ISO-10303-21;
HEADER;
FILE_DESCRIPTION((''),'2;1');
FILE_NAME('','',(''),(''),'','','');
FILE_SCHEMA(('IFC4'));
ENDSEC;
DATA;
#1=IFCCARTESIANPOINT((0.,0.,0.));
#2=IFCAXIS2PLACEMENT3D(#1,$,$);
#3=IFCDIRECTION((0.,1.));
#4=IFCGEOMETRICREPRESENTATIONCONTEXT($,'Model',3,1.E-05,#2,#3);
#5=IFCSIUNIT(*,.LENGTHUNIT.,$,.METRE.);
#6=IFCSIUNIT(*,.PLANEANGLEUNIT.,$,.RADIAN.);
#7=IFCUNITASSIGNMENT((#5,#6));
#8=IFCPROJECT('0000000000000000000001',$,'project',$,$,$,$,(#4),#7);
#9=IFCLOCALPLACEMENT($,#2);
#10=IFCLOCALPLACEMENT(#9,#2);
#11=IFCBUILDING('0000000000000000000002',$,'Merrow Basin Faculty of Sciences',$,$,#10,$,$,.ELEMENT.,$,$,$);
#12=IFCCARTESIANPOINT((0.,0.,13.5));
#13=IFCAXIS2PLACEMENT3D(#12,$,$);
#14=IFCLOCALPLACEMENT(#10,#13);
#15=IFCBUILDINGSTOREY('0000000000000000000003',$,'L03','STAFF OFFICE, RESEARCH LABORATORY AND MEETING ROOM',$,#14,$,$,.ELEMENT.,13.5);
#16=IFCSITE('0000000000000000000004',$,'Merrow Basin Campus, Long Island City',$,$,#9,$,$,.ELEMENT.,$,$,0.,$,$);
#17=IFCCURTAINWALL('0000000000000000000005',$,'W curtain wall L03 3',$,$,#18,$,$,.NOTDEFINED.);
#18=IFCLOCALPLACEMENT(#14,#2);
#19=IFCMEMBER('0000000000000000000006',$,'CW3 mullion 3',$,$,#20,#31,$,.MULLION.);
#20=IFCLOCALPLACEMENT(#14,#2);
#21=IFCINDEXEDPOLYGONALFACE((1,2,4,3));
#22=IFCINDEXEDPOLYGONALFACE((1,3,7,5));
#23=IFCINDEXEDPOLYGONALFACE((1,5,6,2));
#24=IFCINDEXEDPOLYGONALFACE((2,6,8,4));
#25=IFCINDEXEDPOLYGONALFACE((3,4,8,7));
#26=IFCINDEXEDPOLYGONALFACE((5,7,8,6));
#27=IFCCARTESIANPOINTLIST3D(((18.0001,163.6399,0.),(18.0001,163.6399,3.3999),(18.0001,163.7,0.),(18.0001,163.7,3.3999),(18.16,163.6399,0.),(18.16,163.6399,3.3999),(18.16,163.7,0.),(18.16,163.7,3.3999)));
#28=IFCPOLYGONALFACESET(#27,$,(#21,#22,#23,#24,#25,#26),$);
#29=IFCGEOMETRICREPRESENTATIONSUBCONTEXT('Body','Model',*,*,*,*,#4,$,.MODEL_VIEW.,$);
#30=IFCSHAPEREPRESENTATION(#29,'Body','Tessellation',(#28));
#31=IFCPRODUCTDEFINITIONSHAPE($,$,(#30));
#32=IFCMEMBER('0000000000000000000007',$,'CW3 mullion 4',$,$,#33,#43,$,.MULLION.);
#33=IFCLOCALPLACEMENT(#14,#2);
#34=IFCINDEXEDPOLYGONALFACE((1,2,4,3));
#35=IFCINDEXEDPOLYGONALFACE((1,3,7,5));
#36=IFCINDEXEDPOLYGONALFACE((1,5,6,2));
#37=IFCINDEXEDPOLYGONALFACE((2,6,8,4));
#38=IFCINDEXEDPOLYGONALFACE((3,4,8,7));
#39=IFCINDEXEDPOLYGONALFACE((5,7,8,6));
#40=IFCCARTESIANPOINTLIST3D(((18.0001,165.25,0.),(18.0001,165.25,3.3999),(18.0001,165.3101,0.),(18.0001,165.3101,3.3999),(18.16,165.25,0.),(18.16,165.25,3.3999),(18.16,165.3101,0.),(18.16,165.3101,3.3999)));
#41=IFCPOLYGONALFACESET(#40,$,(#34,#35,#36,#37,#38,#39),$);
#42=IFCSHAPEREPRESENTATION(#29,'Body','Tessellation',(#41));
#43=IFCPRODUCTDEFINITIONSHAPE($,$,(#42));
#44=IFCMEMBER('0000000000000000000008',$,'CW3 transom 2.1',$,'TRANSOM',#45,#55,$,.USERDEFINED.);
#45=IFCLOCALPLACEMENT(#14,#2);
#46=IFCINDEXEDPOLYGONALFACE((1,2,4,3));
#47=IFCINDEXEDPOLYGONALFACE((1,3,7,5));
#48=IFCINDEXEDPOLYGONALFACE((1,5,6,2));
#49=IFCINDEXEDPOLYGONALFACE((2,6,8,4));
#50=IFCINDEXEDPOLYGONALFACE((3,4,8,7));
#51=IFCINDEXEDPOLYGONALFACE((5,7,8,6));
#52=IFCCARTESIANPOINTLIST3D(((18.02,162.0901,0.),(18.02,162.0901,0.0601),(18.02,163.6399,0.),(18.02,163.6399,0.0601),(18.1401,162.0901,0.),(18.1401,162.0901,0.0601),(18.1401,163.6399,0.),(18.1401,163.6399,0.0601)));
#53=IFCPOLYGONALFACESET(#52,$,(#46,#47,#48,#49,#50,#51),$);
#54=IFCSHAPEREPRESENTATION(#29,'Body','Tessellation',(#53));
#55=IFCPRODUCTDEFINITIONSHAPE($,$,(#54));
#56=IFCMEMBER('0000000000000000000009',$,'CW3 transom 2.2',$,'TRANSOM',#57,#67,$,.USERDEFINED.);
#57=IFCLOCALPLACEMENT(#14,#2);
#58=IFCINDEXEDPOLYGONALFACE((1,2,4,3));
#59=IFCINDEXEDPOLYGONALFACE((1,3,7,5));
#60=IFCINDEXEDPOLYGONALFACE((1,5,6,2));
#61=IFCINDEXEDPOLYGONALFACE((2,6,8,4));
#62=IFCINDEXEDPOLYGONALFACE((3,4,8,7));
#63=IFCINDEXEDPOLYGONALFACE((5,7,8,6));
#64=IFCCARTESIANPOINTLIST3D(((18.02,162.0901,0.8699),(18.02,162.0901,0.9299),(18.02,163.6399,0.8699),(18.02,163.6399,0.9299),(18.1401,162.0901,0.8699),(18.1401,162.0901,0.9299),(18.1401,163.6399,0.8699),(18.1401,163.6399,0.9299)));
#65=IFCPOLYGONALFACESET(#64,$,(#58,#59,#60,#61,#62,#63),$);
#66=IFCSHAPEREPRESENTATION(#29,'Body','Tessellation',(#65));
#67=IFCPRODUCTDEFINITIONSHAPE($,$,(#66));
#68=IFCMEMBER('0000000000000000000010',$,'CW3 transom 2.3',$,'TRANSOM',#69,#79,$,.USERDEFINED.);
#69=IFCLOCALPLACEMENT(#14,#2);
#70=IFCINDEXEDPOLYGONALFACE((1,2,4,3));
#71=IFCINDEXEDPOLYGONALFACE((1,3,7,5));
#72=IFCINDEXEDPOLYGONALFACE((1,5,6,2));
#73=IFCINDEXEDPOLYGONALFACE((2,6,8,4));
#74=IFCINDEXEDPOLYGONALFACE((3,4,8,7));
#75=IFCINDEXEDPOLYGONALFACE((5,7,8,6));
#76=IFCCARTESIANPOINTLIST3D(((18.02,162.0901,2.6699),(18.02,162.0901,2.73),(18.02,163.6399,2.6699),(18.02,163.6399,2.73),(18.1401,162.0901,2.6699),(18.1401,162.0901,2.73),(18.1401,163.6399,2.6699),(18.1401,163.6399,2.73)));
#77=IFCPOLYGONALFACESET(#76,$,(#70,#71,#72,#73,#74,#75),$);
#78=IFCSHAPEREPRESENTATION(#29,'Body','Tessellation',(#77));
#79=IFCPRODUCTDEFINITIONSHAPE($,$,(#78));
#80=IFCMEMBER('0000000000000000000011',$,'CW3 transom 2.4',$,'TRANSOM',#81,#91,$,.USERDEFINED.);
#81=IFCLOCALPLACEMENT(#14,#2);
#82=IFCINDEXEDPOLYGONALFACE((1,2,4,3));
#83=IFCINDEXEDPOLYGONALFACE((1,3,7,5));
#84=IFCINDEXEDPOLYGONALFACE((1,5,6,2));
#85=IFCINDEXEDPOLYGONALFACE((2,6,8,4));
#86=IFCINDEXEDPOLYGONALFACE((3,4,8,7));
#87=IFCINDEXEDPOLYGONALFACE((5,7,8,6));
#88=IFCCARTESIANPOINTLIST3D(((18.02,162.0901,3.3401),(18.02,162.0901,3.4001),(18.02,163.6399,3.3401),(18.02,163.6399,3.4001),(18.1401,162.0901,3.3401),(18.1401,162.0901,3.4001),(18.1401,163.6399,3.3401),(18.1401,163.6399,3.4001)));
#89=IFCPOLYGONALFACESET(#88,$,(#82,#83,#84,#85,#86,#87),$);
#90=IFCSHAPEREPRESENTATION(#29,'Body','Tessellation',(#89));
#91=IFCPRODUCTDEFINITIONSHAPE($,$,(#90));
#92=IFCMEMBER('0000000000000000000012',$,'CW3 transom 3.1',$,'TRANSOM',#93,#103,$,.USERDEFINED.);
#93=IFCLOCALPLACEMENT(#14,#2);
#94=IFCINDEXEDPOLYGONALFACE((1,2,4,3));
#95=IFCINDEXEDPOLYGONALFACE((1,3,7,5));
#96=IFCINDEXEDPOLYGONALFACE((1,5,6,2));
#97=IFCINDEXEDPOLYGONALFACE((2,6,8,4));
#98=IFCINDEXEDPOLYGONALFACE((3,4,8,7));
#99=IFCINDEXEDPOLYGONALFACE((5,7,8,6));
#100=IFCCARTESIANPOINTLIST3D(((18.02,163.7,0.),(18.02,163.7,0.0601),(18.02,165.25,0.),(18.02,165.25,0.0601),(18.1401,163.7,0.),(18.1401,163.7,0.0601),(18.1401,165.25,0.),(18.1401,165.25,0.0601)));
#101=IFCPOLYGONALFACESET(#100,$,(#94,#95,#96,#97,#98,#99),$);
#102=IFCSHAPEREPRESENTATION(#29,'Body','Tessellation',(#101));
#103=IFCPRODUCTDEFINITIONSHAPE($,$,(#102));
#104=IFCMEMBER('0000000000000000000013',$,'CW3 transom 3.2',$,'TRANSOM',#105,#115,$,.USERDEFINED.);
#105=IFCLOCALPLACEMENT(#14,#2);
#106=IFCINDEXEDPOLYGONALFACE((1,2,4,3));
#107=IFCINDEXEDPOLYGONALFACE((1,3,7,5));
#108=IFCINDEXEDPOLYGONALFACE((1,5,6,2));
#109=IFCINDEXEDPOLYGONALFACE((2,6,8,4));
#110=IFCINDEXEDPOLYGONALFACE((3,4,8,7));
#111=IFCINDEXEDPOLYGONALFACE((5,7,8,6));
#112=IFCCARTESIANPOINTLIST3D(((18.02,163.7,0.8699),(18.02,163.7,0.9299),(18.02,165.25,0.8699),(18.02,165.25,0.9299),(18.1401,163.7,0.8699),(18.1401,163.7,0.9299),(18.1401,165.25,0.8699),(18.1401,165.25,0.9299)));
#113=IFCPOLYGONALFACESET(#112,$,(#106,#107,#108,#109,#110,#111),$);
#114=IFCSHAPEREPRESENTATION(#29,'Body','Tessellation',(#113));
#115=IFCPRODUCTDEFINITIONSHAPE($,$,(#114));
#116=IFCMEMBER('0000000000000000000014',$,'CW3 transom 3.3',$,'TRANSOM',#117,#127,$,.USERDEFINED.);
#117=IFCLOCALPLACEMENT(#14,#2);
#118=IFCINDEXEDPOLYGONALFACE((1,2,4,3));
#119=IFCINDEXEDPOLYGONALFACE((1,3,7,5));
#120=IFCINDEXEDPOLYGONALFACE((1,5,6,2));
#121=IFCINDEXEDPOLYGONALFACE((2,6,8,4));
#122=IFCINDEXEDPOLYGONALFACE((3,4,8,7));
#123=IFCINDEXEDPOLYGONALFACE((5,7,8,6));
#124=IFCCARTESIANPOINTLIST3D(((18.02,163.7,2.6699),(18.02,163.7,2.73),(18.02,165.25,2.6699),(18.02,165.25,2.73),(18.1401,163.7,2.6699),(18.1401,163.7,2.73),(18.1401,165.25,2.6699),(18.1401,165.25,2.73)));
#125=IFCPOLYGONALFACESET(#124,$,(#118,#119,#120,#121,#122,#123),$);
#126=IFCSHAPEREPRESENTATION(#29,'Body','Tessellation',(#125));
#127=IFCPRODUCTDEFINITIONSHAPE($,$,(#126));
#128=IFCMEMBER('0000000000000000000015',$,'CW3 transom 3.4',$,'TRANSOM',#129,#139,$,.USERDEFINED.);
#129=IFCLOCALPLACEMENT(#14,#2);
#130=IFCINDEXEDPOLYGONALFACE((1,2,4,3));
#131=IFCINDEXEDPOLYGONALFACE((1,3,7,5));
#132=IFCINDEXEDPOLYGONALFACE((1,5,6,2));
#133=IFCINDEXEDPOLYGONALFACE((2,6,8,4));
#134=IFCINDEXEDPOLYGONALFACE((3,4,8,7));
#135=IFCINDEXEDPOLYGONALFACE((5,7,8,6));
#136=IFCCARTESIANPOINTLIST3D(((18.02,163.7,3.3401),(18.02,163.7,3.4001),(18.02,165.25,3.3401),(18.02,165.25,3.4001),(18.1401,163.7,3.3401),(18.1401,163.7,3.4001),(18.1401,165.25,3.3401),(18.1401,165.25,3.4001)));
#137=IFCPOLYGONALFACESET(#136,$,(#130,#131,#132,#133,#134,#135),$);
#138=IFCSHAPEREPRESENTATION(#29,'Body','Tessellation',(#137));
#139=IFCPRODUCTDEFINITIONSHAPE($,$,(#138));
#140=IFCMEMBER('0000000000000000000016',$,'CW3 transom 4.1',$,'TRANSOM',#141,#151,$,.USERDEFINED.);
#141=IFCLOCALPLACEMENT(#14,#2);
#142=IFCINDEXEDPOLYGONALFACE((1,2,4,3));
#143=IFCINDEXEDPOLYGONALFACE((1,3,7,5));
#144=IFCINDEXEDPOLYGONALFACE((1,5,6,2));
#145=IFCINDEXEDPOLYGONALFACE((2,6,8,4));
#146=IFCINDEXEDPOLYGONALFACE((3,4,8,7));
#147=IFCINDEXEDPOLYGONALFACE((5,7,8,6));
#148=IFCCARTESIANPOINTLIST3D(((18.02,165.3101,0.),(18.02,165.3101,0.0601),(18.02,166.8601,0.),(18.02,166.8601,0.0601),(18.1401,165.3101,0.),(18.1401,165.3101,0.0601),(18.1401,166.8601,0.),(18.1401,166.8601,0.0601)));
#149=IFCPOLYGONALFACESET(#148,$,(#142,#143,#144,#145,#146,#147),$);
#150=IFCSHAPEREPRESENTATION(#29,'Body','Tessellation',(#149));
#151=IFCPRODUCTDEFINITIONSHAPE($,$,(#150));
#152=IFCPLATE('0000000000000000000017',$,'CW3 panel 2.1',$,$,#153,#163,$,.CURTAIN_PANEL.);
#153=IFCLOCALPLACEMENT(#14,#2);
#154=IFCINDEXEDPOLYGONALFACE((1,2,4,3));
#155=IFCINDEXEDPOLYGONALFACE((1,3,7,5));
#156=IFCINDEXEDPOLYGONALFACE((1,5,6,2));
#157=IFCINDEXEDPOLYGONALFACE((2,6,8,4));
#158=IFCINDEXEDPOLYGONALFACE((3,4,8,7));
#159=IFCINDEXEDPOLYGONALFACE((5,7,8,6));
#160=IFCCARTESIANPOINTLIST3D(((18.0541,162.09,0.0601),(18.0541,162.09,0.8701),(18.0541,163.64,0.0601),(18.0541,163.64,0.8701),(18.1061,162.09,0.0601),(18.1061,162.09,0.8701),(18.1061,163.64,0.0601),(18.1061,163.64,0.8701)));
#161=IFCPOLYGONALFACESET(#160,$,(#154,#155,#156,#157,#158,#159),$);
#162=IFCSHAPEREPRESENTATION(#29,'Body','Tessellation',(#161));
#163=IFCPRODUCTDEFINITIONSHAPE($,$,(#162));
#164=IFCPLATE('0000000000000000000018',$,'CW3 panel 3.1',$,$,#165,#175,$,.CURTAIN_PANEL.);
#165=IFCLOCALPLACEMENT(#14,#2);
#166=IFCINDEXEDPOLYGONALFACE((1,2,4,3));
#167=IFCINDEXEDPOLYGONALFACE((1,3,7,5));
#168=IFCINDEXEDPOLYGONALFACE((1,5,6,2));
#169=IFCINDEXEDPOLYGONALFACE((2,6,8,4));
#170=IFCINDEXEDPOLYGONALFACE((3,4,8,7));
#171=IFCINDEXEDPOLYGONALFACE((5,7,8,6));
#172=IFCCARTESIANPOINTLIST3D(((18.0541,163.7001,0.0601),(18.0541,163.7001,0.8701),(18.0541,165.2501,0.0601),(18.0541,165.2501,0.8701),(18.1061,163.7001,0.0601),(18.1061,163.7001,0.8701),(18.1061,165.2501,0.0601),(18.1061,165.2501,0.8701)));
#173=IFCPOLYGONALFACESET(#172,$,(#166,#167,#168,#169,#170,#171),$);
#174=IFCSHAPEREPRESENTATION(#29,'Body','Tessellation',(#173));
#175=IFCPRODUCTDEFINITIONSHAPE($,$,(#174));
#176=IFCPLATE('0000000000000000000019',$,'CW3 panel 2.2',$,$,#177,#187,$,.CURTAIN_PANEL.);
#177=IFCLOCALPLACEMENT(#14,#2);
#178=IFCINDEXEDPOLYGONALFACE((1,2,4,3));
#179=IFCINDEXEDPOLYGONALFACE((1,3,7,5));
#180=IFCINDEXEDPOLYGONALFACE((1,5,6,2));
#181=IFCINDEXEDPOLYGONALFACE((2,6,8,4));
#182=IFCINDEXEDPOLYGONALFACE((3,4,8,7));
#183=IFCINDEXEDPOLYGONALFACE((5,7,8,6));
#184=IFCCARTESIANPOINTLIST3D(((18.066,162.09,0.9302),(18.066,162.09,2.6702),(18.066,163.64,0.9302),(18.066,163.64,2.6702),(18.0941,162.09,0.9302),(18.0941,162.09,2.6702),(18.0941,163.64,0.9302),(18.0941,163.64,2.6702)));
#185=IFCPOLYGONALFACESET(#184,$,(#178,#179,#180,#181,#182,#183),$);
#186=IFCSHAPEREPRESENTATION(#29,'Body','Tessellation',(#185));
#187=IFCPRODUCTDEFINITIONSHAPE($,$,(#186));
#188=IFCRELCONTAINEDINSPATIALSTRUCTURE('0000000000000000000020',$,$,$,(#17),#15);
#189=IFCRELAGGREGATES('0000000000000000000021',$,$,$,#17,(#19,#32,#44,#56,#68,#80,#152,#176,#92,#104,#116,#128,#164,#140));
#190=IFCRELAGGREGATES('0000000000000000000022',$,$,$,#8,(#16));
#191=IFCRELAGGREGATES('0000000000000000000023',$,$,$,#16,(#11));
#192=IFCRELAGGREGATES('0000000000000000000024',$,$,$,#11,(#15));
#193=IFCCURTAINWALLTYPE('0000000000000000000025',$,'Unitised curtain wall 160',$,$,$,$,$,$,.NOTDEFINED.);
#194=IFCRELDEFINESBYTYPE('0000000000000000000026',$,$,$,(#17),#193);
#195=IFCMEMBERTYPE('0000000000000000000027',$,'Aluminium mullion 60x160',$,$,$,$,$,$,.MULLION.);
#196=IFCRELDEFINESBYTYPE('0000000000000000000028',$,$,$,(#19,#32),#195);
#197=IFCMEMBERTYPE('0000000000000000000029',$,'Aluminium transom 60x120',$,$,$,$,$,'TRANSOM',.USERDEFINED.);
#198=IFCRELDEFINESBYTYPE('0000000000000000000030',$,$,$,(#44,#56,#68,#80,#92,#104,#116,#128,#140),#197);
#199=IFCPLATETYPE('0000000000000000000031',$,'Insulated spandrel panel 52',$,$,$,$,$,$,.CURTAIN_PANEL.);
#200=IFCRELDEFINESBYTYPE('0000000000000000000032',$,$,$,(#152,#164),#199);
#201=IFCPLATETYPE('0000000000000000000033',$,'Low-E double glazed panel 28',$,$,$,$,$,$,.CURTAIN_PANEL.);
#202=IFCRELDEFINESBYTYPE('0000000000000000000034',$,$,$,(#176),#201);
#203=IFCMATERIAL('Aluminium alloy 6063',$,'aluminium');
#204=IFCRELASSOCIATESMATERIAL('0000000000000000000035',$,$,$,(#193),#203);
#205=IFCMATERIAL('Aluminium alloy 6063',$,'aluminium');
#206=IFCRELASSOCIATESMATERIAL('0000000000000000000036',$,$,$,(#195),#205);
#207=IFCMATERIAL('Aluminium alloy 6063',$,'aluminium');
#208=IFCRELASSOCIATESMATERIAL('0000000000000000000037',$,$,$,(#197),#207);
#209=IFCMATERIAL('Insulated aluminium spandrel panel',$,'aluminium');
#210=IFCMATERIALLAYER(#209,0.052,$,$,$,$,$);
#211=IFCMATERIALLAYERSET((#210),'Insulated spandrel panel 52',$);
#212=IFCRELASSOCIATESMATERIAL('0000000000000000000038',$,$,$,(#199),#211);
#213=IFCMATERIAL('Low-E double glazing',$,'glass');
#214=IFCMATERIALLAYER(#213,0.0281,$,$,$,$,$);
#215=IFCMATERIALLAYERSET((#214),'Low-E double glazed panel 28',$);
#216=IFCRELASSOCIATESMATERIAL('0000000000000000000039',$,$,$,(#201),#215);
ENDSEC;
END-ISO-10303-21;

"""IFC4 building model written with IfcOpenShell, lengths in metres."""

from ifc_helpers import new_model, si_unit, direction, frame, origin, origin_2d, place, context, subcontext, project, spatial, rectangle, extrude, material, layer, layer_set, material_profile, profile_set, type_object, element, aggregate, save


model = new_model("IFC4")

# Units and contexts
model_context = context("Model", 3, precision=1e-05, world=origin(), true_north=direction((0.0, 1.0)))
body_context = subcontext(model_context, "Body", "Model", "MODEL_VIEW")
ifc_project = project(units=[si_unit("LENGTHUNIT", "METRE"), si_unit("PLANEANGLEUNIT", "RADIAN")], contexts=[model_context])

# Site, building, storey
site_placement = place(None, origin())
site = spatial("IfcSite", under=ifc_project, at=site_placement, Name="Merrow Basin Campus, Long Island City", CompositionType="ELEMENT", RefElevation=0.0)
building_placement = place(site_placement, origin())
building = spatial("IfcBuilding", under=site, at=building_placement, Name="Merrow Basin Faculty of Sciences", CompositionType="ELEMENT")
storey_placement = place(building_placement, frame((0.0, 0.0, 13.5)))
storey = spatial("IfcBuildingStorey", under=building, at=storey_placement, Name="L03", Description="STAFF OFFICE, RESEARCH LABORATORY AND MEETING ROOM", CompositionType="ELEMENT", Elevation=13.5)

# Curtain wall, members, plates
ifc_material_1 = material(Name="Aluminium alloy 6063", Category="aluminium")
curtain_wall_type = type_object("IfcCurtainWallType", Name="Unitised curtain wall 160", PredefinedType="NOTDEFINED", material=ifc_material_1)
curtain_wall_placement = place(storey_placement, origin())
curtain_wall = element("IfcCurtainWall", 1, at=curtain_wall_placement, inside=storey, type_object=curtain_wall_type, Name="W curtain wall L03 3", PredefinedType="NOTDEFINED")
ifc_material_2 = material(Name="Aluminium alloy 6063", Category="aluminium")
ifc_material_profile_1 = material_profile(ifc_material_2, rectangle(XDim=0.1599, YDim=0.0601, at=origin_2d()))
ifc_profile_set_1 = profile_set([ifc_material_profile_1], Name="Aluminium alloy 6063")
member_type_1 = type_object("IfcMemberType", Name="Aluminium mullion 60x160", PredefinedType="MULLION", material=ifc_profile_set_1)
member_1_placement = place(storey_placement, frame((18.0801, 163.6699, 0.0), z_axis=(0.0, 0.0, 1.0), x_axis=(-1.0, 0.0, 0.0)))
member_1 = element("IfcMember", 2, at=member_1_placement, type_object=member_type_1, Name="CW3 mullion 3", PredefinedType="MULLION", context=body_context, shape_type="SweptSolid", body=[
    extrude(rectangle(XDim=0.1599, YDim=0.0601, at=origin_2d()), origin(), (0.0, 0.0, 1.0), 3.3999),
])
member_2_placement = place(storey_placement, frame((18.0801, 165.28, 0.0), z_axis=(0.0, 0.0, 1.0), x_axis=(-1.0, 0.0, 0.0)))
member_2 = element("IfcMember", 3, at=member_2_placement, type_object=member_type_1, Name="CW3 mullion 4", PredefinedType="MULLION", context=body_context, shape_type="SweptSolid", body=[
    extrude(rectangle(XDim=0.1599, YDim=0.0601, at=origin_2d()), origin(), (0.0, 0.0, 1.0), 3.3999),
])
ifc_material_3 = material(Name="Aluminium alloy 6063", Category="aluminium")
ifc_material_profile_2 = material_profile(ifc_material_3, rectangle(XDim=0.1201, YDim=0.0601, at=origin_2d()))
ifc_profile_set_2 = profile_set([ifc_material_profile_2], Name="Aluminium alloy 6063")
member_type_2 = type_object("IfcMemberType", Name="Aluminium transom 60x120", ElementType="TRANSOM", PredefinedType="USERDEFINED", material=ifc_profile_set_2)
member_3_placement = place(storey_placement, frame((18.0801, 162.0901, 0.03), z_axis=(0.0, 1.0, 0.0), x_axis=(-1.0, 0.0, 0.0)))
member_3 = element("IfcMember", 4, at=member_3_placement, type_object=member_type_2, Name="CW3 transom 2.1", ObjectType="TRANSOM", PredefinedType="USERDEFINED", context=body_context, shape_type="SweptSolid", body=[
    extrude(rectangle(XDim=0.1201, YDim=0.0601, at=origin_2d()), origin(), (0.0, 0.0, 1.0), 1.5498),
])
member_4_placement = place(storey_placement, frame((18.0801, 162.0901, 0.8999), z_axis=(0.0, 1.0, 0.0), x_axis=(-1.0, 0.0, 0.0)))
member_4 = element("IfcMember", 5, at=member_4_placement, type_object=member_type_2, Name="CW3 transom 2.2", ObjectType="TRANSOM", PredefinedType="USERDEFINED", context=body_context, shape_type="SweptSolid", body=[
    extrude(rectangle(XDim=0.1201, YDim=0.0601, at=origin_2d()), origin(), (0.0, 0.0, 1.0), 1.5498),
])
member_5_placement = place(storey_placement, frame((18.0801, 162.0901, 2.7), z_axis=(0.0, 1.0, 0.0), x_axis=(-1.0, 0.0, 0.0)))
member_5 = element("IfcMember", 6, at=member_5_placement, type_object=member_type_2, Name="CW3 transom 2.3", ObjectType="TRANSOM", PredefinedType="USERDEFINED", context=body_context, shape_type="SweptSolid", body=[
    extrude(rectangle(XDim=0.1201, YDim=0.0601, at=origin_2d()), origin(), (0.0, 0.0, 1.0), 1.5498),
])
member_6_placement = place(storey_placement, frame((18.0801, 162.0901, 3.3701), z_axis=(0.0, 1.0, 0.0), x_axis=(-1.0, 0.0, 0.0)))
member_6 = element("IfcMember", 7, at=member_6_placement, type_object=member_type_2, Name="CW3 transom 2.4", ObjectType="TRANSOM", PredefinedType="USERDEFINED", context=body_context, shape_type="SweptSolid", body=[
    extrude(rectangle(XDim=0.1201, YDim=0.0601, at=origin_2d()), origin(), (0.0, 0.0, 1.0), 1.5498),
])
member_7_placement = place(storey_placement, frame((18.0801, 163.7, 0.03), z_axis=(0.0, 1.0, 0.0), x_axis=(-1.0, 0.0, 0.0)))
member_7 = element("IfcMember", 8, at=member_7_placement, type_object=member_type_2, Name="CW3 transom 3.1", ObjectType="TRANSOM", PredefinedType="USERDEFINED", context=body_context, shape_type="SweptSolid", body=[
    extrude(rectangle(XDim=0.1201, YDim=0.0601, at=origin_2d()), origin(), (0.0, 0.0, 1.0), 1.55),
])
member_8_placement = place(storey_placement, frame((18.0801, 163.7, 0.8999), z_axis=(0.0, 1.0, 0.0), x_axis=(-1.0, 0.0, 0.0)))
member_8 = element("IfcMember", 9, at=member_8_placement, type_object=member_type_2, Name="CW3 transom 3.2", ObjectType="TRANSOM", PredefinedType="USERDEFINED", context=body_context, shape_type="SweptSolid", body=[
    extrude(rectangle(XDim=0.1201, YDim=0.0601, at=origin_2d()), origin(), (0.0, 0.0, 1.0), 1.55),
])
member_9_placement = place(storey_placement, frame((18.0801, 163.7, 2.7), z_axis=(0.0, 1.0, 0.0), x_axis=(-1.0, 0.0, 0.0)))
member_9 = element("IfcMember", 10, at=member_9_placement, type_object=member_type_2, Name="CW3 transom 3.3", ObjectType="TRANSOM", PredefinedType="USERDEFINED", context=body_context, shape_type="SweptSolid", body=[
    extrude(rectangle(XDim=0.1201, YDim=0.0601, at=origin_2d()), origin(), (0.0, 0.0, 1.0), 1.55),
])
member_10_placement = place(storey_placement, frame((18.0801, 163.7, 3.3701), z_axis=(0.0, 1.0, 0.0), x_axis=(-1.0, 0.0, 0.0)))
member_10 = element("IfcMember", 11, at=member_10_placement, type_object=member_type_2, Name="CW3 transom 3.4", ObjectType="TRANSOM", PredefinedType="USERDEFINED", context=body_context, shape_type="SweptSolid", body=[
    extrude(rectangle(XDim=0.1201, YDim=0.0601, at=origin_2d()), origin(), (0.0, 0.0, 1.0), 1.55),
])
member_11_placement = place(storey_placement, frame((18.0801, 165.3101, 0.03), z_axis=(0.0, 1.0, 0.0), x_axis=(-1.0, 0.0, 0.0)))
member_11 = element("IfcMember", 12, at=member_11_placement, type_object=member_type_2, Name="CW3 transom 4.1", ObjectType="TRANSOM", PredefinedType="USERDEFINED", context=body_context, shape_type="SweptSolid", body=[
    extrude(rectangle(XDim=0.1201, YDim=0.0601, at=origin_2d()), origin(), (0.0, 0.0, 1.0), 1.55),
])
ifc_material_4 = material(Name="Insulated aluminium spandrel panel", Category="aluminium")
ifc_layer_1 = layer(ifc_material_4, 0.052)
ifc_layer_set_1 = layer_set([ifc_layer_1], Name="Insulated spandrel panel 52")
plate_type_1 = type_object("IfcPlateType", Name="Insulated spandrel panel 52", PredefinedType="CURTAIN_PANEL", material=ifc_layer_set_1)
plate_1_placement = place(storey_placement, frame((18.0801, 162.865, 0.0601), z_axis=(0.0, 0.0, 1.0), x_axis=(0.0, 1.0, 0.0)))
plate_1 = element("IfcPlate", 13, at=plate_1_placement, type_object=plate_type_1, Name="CW3 panel 2.1", PredefinedType="CURTAIN_PANEL", context=body_context, shape_type="SweptSolid", body=[
    extrude(rectangle(XDim=1.55, YDim=0.052, at=origin_2d()), origin(), (0.0, 0.0, 1.0), 0.8101),
])
plate_2_placement = place(storey_placement, frame((18.0801, 164.4751, 0.0601), z_axis=(0.0, 0.0, 1.0), x_axis=(0.0, 1.0, 0.0)))
plate_2 = element("IfcPlate", 14, at=plate_2_placement, type_object=plate_type_1, Name="CW3 panel 3.1", PredefinedType="CURTAIN_PANEL", context=body_context, shape_type="SweptSolid", body=[
    extrude(rectangle(XDim=1.55, YDim=0.052, at=origin_2d()), origin(), (0.0, 0.0, 1.0), 0.8101),
])
ifc_material_5 = material(Name="Low-E double glazing", Category="glass")
ifc_layer_2 = layer(ifc_material_5, 0.0281)
ifc_layer_set_2 = layer_set([ifc_layer_2], Name="Low-E double glazed panel 28")
plate_type_2 = type_object("IfcPlateType", Name="Low-E double glazed panel 28", PredefinedType="CURTAIN_PANEL", material=ifc_layer_set_2)
plate_3_placement = place(storey_placement, frame((18.0801, 162.865, 0.9302), z_axis=(0.0, 0.0, 1.0), x_axis=(0.0, 1.0, 0.0)))
plate_3 = element("IfcPlate", 15, at=plate_3_placement, type_object=plate_type_2, Name="CW3 panel 2.2", PredefinedType="CURTAIN_PANEL", context=body_context, shape_type="SweptSolid", body=[
    extrude(rectangle(XDim=1.55, YDim=0.0281, at=origin_2d()), origin(), (0.0, 0.0, 1.0), 1.74),
])
aggregate(curtain_wall, [member_1, member_2, member_3, member_4, member_5, member_6, plate_1, plate_3, member_7, member_8, member_9, member_10, plate_2, member_11])

save(model, "model.ifc")
